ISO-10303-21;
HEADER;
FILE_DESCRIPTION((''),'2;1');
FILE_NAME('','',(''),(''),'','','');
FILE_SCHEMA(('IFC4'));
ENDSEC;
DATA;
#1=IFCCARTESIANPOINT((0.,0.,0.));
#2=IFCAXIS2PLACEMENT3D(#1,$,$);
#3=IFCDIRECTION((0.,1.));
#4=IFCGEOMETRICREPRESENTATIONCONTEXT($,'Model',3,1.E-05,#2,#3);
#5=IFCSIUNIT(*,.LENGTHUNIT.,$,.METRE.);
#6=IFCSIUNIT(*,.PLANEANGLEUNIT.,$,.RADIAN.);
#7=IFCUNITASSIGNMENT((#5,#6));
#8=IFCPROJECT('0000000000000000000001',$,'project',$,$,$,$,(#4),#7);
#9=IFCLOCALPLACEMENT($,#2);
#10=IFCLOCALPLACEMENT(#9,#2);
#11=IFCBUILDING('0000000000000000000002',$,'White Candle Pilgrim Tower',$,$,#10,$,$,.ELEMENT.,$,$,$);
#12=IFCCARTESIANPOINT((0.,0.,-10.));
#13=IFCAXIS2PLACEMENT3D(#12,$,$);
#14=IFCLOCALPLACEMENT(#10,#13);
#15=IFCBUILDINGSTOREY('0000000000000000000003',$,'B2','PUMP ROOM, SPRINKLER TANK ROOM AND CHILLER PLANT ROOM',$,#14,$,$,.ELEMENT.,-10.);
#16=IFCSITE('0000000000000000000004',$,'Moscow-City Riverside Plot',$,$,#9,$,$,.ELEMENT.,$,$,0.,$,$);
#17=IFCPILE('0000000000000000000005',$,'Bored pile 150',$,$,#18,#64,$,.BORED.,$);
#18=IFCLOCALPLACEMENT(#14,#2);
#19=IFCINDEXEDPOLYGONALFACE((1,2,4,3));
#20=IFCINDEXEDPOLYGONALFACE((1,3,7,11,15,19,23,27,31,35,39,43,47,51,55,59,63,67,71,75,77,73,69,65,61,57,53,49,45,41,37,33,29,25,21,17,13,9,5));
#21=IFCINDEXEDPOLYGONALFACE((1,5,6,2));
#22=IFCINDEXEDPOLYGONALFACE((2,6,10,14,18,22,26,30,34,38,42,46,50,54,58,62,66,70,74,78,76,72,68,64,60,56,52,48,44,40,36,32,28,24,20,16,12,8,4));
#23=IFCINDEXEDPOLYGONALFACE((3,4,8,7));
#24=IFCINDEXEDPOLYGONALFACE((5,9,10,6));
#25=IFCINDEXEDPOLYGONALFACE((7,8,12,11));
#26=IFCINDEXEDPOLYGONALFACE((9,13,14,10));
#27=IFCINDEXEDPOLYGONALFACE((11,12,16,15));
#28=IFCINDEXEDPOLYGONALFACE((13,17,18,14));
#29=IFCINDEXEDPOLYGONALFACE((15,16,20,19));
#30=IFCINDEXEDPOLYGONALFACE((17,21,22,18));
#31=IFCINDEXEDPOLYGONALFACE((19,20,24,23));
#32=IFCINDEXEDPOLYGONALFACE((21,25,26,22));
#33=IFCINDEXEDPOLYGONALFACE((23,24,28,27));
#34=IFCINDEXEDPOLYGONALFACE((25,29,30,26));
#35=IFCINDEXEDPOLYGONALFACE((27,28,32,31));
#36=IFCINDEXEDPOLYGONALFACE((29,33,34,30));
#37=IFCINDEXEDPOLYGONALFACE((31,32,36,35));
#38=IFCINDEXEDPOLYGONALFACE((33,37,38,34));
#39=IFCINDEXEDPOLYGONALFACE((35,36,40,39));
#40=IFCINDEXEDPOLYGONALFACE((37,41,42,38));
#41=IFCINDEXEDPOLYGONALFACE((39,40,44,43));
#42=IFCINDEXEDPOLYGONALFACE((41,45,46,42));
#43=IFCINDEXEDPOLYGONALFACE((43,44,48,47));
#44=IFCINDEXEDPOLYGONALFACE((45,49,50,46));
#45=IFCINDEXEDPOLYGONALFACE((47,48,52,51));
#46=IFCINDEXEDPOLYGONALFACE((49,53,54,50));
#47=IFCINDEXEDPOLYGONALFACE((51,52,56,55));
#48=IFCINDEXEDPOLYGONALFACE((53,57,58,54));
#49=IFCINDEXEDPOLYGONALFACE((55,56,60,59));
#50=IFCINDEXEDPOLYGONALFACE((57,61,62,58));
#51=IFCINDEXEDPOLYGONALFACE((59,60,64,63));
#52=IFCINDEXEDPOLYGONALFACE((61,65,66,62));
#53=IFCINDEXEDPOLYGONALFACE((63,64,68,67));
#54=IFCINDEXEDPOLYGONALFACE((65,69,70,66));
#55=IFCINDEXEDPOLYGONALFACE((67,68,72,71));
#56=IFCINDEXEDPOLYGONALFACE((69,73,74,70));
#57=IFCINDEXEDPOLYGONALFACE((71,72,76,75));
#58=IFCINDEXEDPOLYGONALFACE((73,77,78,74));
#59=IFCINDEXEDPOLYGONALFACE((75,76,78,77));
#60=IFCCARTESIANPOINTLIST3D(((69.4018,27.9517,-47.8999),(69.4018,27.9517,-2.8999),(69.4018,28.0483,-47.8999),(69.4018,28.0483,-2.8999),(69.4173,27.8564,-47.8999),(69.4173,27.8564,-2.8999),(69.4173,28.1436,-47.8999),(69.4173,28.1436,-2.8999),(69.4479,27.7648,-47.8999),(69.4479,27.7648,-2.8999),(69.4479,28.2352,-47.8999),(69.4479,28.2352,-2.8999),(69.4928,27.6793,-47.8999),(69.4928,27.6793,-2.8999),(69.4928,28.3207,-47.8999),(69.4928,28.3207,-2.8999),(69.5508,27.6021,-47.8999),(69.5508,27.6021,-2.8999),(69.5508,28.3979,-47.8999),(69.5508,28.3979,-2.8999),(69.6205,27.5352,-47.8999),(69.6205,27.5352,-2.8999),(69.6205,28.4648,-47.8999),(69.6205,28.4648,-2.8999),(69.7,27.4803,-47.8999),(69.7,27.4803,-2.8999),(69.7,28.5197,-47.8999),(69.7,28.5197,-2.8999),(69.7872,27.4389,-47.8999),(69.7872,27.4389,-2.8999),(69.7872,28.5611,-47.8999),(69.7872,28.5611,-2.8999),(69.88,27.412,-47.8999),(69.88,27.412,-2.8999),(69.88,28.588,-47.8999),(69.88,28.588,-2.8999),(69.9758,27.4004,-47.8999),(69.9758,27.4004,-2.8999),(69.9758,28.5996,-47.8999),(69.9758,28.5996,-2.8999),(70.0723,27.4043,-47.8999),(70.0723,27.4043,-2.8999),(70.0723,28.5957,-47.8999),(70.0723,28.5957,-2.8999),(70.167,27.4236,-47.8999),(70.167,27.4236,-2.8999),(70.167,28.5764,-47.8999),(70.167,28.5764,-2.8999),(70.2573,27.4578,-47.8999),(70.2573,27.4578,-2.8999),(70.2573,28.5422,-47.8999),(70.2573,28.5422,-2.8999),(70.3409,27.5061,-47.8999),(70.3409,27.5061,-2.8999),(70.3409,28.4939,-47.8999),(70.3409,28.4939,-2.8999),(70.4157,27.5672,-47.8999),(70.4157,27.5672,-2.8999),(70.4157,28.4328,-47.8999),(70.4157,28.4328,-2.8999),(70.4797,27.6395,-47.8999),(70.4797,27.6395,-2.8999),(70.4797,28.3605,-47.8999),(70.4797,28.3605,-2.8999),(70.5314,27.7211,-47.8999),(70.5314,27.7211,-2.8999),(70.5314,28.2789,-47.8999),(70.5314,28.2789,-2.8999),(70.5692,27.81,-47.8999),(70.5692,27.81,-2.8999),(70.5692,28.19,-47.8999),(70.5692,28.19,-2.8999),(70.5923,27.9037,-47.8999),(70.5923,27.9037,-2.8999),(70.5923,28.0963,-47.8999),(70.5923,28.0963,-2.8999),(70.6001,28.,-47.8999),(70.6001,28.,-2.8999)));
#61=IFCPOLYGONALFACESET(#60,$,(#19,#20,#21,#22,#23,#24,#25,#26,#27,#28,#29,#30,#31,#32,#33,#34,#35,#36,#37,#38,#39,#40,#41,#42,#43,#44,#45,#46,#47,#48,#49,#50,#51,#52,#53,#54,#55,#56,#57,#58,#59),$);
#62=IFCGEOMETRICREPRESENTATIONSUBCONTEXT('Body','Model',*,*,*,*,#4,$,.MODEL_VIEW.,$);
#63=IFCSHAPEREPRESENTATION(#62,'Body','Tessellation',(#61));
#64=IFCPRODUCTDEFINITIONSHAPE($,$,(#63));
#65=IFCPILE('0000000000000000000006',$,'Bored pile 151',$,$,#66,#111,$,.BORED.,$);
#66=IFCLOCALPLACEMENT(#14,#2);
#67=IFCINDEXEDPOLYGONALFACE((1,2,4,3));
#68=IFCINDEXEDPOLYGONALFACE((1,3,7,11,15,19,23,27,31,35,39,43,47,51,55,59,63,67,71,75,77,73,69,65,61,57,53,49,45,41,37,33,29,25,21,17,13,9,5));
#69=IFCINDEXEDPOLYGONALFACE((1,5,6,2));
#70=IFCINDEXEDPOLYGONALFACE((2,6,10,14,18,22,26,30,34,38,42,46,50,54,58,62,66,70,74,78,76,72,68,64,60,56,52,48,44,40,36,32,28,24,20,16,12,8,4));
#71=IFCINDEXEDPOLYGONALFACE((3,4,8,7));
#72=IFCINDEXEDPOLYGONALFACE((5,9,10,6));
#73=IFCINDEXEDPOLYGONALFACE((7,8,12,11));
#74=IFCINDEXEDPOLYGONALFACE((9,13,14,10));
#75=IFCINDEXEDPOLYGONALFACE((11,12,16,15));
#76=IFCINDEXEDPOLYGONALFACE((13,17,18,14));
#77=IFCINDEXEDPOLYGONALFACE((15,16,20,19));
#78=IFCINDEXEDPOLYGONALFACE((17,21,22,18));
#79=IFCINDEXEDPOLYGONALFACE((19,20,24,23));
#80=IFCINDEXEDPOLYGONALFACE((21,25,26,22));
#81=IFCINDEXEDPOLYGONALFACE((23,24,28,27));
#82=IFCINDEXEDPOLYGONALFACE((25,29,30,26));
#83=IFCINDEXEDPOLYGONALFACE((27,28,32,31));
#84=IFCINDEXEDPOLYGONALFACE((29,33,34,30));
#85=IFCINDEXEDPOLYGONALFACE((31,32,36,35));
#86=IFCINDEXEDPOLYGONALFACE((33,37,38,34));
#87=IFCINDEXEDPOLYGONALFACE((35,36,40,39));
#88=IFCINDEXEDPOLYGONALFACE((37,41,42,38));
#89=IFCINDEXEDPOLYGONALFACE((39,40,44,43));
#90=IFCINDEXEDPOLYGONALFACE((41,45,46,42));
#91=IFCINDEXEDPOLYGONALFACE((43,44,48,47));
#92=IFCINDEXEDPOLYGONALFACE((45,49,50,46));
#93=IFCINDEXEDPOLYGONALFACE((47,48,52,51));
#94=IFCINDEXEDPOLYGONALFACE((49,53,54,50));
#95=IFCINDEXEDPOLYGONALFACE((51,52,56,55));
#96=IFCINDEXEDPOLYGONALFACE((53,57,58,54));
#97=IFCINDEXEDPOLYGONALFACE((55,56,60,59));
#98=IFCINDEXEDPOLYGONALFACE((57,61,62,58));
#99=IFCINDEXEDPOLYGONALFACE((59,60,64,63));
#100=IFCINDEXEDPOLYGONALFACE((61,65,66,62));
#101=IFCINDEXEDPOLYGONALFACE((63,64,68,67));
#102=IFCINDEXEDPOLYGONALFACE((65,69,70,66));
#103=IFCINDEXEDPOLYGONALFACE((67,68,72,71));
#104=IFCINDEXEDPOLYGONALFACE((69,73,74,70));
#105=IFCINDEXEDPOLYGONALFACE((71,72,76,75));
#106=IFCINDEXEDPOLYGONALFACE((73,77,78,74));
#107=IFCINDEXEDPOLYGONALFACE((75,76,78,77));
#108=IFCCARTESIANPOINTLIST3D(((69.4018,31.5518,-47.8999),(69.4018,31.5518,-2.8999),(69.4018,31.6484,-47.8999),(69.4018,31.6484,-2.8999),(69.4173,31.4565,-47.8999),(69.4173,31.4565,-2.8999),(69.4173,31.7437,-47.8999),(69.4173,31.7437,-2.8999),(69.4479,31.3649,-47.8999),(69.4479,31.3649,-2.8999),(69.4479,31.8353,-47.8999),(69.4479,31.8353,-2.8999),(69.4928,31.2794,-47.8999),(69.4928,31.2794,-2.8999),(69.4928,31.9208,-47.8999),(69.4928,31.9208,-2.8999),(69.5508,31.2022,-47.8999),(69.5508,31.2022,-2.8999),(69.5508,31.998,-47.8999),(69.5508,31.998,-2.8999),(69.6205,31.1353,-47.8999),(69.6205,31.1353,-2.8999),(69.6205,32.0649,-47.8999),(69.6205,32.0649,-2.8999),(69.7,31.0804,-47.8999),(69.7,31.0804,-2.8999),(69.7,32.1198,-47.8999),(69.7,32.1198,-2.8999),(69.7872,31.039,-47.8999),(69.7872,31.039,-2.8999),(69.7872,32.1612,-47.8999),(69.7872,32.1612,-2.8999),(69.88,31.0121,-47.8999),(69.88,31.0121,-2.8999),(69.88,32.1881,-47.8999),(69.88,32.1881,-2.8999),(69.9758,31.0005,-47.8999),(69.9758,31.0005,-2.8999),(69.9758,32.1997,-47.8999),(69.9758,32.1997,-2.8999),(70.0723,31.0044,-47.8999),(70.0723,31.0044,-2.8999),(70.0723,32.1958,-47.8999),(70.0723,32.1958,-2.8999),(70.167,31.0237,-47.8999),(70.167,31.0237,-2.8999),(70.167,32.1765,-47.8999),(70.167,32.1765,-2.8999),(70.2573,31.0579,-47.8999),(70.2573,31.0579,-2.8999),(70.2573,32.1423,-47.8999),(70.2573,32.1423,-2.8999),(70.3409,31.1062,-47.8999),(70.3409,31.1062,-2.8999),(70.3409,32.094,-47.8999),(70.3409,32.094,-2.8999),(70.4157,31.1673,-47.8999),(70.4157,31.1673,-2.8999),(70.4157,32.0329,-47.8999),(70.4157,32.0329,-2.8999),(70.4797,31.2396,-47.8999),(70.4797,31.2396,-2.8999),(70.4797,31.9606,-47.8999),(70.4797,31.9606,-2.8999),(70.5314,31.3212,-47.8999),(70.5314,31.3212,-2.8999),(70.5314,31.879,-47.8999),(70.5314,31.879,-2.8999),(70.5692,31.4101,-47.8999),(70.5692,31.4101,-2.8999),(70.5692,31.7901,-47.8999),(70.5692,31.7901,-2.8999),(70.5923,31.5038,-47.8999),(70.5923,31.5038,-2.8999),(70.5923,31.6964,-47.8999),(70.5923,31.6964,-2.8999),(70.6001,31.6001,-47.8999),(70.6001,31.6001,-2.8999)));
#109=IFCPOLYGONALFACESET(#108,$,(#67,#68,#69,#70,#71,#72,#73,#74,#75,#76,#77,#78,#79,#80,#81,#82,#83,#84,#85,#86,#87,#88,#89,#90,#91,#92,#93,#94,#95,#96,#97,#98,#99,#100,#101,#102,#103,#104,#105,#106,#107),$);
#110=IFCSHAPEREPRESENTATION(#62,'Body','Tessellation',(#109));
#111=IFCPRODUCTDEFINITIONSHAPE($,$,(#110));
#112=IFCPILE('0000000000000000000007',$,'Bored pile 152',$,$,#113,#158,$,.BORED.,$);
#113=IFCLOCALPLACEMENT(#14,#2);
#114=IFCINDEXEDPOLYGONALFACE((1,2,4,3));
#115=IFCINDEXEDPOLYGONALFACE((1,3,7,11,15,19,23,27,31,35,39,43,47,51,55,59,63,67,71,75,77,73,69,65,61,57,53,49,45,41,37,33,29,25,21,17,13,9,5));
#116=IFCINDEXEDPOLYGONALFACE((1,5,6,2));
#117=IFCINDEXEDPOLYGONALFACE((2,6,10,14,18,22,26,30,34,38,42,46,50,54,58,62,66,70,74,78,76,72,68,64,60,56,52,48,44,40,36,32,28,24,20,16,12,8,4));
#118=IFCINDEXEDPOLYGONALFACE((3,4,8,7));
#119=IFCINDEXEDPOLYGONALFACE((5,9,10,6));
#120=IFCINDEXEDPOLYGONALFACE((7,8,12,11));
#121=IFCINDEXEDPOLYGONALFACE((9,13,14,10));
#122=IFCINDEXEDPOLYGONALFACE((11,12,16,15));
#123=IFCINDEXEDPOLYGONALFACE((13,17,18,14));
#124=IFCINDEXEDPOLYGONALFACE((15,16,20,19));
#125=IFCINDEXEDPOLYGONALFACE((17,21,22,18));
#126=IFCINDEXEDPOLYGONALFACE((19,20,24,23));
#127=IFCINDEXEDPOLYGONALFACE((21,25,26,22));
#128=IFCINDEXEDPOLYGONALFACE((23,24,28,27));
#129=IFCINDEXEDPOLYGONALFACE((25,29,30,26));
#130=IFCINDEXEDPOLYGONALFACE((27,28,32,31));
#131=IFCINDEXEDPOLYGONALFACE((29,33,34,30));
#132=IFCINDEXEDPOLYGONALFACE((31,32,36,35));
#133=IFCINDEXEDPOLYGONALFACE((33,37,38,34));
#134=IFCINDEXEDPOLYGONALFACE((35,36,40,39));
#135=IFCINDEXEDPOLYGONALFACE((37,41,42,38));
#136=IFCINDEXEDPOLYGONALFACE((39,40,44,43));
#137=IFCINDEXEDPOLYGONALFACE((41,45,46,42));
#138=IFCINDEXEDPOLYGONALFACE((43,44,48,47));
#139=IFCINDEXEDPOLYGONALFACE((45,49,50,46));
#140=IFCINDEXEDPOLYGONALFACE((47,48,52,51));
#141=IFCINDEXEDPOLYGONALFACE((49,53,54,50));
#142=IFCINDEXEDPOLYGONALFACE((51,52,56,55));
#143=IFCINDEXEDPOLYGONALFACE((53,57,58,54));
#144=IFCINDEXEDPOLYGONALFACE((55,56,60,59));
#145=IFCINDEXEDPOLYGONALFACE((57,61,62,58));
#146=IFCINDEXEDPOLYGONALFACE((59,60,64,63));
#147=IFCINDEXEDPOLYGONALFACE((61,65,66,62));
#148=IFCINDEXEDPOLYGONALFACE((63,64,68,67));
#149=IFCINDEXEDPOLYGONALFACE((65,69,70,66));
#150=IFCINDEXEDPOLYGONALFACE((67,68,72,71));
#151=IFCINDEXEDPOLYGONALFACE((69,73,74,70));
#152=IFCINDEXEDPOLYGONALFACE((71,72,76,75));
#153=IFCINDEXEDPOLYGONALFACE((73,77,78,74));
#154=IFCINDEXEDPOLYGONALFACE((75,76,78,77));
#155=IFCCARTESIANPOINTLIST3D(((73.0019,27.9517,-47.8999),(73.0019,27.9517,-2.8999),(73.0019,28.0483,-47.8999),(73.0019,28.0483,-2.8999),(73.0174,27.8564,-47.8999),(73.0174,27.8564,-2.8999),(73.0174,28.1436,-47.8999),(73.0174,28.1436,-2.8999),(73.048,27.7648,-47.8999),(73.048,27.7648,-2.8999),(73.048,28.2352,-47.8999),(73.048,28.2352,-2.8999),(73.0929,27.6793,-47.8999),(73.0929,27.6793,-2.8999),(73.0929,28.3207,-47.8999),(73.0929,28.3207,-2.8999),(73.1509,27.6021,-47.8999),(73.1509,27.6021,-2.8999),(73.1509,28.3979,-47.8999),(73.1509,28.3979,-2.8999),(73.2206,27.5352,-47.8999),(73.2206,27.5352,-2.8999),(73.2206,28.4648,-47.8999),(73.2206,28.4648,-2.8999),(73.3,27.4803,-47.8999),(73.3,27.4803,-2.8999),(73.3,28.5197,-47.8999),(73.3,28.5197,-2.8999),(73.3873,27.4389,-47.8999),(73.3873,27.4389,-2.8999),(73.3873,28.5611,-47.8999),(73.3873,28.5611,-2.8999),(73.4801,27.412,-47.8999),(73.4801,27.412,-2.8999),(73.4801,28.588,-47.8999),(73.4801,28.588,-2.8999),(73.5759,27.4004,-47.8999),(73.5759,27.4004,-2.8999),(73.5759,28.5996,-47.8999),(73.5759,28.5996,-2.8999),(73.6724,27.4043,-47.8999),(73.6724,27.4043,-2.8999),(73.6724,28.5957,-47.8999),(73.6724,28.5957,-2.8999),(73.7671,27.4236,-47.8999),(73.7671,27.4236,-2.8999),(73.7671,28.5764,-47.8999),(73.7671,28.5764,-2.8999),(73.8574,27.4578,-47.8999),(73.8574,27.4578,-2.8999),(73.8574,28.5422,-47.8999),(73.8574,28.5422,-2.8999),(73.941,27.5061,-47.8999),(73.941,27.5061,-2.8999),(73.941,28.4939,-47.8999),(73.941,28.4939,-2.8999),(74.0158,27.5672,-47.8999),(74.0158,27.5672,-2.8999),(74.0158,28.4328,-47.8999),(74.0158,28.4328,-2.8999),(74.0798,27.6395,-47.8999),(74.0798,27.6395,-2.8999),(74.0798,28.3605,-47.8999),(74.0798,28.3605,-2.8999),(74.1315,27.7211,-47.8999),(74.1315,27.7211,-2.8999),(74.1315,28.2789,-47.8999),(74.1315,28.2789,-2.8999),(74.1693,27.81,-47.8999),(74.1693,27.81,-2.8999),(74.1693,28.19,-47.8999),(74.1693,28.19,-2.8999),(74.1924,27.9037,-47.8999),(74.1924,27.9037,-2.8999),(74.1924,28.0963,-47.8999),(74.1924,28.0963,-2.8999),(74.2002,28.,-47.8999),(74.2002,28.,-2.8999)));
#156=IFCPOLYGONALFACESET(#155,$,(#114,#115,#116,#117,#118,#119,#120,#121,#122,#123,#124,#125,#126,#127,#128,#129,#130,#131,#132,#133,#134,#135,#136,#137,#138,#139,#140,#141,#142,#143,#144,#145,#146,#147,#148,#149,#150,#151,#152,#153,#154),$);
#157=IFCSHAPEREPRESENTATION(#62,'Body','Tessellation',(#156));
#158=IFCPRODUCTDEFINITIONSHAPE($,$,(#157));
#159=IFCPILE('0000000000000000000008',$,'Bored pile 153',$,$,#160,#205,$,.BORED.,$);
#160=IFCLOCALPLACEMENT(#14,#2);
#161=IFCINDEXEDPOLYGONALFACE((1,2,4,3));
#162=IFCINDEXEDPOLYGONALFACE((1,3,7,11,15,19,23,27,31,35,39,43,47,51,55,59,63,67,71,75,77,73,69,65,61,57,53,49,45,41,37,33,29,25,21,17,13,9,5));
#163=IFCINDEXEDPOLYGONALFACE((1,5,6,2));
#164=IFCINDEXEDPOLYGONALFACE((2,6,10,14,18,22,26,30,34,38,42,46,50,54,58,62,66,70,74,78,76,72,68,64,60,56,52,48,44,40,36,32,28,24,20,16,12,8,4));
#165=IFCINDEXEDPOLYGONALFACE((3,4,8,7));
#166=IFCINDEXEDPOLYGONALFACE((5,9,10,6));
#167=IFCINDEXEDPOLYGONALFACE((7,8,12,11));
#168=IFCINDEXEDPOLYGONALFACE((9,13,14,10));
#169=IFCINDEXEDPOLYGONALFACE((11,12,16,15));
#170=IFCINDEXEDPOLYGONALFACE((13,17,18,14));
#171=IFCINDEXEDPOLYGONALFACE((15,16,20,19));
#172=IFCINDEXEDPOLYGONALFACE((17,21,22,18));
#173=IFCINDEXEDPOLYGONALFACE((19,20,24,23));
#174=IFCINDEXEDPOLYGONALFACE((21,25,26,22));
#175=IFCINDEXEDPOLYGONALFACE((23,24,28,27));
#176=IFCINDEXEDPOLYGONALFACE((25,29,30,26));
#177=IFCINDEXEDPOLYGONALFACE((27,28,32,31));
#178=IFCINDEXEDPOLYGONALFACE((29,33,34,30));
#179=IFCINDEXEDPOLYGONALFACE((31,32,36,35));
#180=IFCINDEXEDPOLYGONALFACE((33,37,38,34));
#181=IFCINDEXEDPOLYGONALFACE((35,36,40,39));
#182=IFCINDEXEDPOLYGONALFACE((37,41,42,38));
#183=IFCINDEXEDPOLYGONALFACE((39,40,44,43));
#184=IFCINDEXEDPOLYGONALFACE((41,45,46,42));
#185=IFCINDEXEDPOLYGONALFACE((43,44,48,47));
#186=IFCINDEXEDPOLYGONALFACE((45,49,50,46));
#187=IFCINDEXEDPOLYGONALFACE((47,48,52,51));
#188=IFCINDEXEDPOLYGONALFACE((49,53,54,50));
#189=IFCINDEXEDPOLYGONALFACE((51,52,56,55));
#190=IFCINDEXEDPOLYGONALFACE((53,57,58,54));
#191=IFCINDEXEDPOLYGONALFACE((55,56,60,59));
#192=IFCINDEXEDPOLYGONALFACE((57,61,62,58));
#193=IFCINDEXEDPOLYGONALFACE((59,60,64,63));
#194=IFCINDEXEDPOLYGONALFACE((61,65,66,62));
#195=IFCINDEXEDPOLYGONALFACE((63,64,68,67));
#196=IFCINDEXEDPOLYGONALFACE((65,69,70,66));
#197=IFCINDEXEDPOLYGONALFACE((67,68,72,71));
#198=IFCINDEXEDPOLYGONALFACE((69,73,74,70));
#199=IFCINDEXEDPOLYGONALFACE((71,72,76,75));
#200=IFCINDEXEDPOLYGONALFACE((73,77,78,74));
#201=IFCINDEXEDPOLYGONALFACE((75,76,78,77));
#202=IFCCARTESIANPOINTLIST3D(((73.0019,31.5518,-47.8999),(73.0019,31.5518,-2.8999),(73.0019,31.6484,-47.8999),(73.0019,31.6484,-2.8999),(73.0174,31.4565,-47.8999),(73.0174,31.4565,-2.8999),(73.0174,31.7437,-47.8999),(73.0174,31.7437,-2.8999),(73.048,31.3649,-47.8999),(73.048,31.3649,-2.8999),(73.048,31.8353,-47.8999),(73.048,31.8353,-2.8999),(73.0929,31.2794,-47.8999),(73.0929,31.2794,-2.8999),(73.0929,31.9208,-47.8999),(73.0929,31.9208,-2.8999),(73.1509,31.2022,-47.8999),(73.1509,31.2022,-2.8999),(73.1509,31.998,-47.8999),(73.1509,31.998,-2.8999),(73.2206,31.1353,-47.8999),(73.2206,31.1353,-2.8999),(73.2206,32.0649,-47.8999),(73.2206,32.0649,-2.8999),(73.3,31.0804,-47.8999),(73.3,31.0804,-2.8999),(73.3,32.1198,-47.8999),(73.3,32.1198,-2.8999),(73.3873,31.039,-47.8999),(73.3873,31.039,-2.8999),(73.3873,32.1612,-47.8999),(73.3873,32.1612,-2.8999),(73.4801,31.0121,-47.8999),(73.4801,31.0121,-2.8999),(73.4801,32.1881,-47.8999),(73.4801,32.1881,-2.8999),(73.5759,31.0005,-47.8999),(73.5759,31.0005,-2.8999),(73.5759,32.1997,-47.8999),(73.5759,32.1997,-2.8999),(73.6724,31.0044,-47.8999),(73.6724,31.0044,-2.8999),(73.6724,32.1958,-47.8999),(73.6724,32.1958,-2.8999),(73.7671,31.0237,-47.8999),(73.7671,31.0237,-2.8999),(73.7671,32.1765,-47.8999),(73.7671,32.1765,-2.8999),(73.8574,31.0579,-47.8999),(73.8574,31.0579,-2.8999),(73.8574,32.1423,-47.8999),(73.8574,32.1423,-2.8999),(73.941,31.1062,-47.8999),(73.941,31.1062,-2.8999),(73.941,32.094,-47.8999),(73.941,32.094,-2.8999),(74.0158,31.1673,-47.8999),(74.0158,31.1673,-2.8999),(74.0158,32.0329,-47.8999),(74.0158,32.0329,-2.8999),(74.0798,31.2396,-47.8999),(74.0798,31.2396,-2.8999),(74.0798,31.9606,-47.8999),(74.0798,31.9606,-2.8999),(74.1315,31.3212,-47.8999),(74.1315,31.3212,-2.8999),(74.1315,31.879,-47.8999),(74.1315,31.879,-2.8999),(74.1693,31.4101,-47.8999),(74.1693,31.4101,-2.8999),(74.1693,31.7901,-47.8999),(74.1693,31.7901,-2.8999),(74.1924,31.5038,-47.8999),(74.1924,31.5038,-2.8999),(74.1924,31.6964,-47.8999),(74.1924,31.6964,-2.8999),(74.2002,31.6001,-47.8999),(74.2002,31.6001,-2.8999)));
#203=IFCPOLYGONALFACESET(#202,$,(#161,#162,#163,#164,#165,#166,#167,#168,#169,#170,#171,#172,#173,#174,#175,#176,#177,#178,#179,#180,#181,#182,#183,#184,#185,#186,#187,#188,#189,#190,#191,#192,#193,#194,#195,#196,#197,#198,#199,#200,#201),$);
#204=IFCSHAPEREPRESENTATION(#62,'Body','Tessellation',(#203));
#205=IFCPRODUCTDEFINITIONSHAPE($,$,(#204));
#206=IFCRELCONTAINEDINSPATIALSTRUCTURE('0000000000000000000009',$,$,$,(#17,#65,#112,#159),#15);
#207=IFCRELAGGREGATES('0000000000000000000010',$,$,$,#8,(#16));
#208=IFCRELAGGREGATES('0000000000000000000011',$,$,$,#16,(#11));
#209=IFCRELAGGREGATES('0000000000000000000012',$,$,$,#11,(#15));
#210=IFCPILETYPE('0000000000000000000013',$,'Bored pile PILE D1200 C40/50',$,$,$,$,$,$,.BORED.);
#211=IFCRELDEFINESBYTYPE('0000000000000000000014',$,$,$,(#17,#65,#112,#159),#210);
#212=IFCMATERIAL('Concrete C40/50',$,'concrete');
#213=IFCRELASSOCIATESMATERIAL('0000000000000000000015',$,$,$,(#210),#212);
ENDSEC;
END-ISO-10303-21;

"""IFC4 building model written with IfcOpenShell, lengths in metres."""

from ifc_helpers import new_model, si_unit, direction, frame, origin, origin_2d, place, context, subcontext, project, spatial, circle, extrude, material, material_profile, profile_set, type_object, element, save


model = new_model("IFC4")

# Units and contexts
model_context = context("Model", 3, precision=1e-05, world=origin(), true_north=direction((0.0, 1.0)))
body_context = subcontext(model_context, "Body", "Model", "MODEL_VIEW")
ifc_project = project(units=[si_unit("LENGTHUNIT", "METRE"), si_unit("PLANEANGLEUNIT", "RADIAN")], contexts=[model_context])

# Site, building, storey
site_placement = place(None, origin())
site = spatial("IfcSite", under=ifc_project, at=site_placement, Name="Moscow-City Riverside Plot", CompositionType="ELEMENT", RefElevation=0.0)
building_placement = place(site_placement, origin())
building = spatial("IfcBuilding", under=site, at=building_placement, Name="White Candle Pilgrim Tower", CompositionType="ELEMENT")
storey_placement = place(building_placement, frame((0.0, 0.0, -10.0)))
storey = spatial("IfcBuildingStorey", under=building, at=storey_placement, Name="B2", Description="PUMP ROOM, SPRINKLER TANK ROOM AND CHILLER PLANT ROOM", CompositionType="ELEMENT", Elevation=-10.0)

# Piles
ifc_material_1 = material(Name="Concrete C40/50", Category="concrete")
ifc_material_profile_1 = material_profile(ifc_material_1, circle(Radius=0.6001, at=origin_2d()), Name="PILE D1200")
ifc_profile_set_1 = profile_set([ifc_material_profile_1], Name="Concrete C40/50")
pile_type = type_object("IfcPileType", Name="Bored pile PILE D1200 C40/50", PredefinedType="BORED", material=ifc_profile_set_1)
for number, where, z_axis, x_axis, name in (
    (1, (70.0, 28.0, -2.8999), (0.0, 0.0, -1.0), (1.0, 0.0, 0.0), "Bored pile 150"),
    (2, (70.0, 31.6001, -2.8999), (0.0, 0.0, -1.0), (1.0, 0.0, 0.0), "Bored pile 151"),
    (3, (73.6001, 28.0, -2.8999), (0.0, 0.0, -1.0), (1.0, 0.0, 0.0), "Bored pile 152"),
    (4, (73.6001, 31.6001, -2.8999), (0.0, 0.0, -1.0), (1.0, 0.0, 0.0), "Bored pile 153"),
):
    element("IfcPile", number, at=place(storey_placement, frame(where, z_axis=z_axis, x_axis=x_axis)), inside=storey, type_object=pile_type, Name=name, PredefinedType="BORED", context=body_context, shape_type="SweptSolid", body=[
        extrude(circle(Radius=0.6001, at=origin_2d()), origin(), (0.0, 0.0, 1.0), 45.0),
    ])

save(model, "model.ifc")
